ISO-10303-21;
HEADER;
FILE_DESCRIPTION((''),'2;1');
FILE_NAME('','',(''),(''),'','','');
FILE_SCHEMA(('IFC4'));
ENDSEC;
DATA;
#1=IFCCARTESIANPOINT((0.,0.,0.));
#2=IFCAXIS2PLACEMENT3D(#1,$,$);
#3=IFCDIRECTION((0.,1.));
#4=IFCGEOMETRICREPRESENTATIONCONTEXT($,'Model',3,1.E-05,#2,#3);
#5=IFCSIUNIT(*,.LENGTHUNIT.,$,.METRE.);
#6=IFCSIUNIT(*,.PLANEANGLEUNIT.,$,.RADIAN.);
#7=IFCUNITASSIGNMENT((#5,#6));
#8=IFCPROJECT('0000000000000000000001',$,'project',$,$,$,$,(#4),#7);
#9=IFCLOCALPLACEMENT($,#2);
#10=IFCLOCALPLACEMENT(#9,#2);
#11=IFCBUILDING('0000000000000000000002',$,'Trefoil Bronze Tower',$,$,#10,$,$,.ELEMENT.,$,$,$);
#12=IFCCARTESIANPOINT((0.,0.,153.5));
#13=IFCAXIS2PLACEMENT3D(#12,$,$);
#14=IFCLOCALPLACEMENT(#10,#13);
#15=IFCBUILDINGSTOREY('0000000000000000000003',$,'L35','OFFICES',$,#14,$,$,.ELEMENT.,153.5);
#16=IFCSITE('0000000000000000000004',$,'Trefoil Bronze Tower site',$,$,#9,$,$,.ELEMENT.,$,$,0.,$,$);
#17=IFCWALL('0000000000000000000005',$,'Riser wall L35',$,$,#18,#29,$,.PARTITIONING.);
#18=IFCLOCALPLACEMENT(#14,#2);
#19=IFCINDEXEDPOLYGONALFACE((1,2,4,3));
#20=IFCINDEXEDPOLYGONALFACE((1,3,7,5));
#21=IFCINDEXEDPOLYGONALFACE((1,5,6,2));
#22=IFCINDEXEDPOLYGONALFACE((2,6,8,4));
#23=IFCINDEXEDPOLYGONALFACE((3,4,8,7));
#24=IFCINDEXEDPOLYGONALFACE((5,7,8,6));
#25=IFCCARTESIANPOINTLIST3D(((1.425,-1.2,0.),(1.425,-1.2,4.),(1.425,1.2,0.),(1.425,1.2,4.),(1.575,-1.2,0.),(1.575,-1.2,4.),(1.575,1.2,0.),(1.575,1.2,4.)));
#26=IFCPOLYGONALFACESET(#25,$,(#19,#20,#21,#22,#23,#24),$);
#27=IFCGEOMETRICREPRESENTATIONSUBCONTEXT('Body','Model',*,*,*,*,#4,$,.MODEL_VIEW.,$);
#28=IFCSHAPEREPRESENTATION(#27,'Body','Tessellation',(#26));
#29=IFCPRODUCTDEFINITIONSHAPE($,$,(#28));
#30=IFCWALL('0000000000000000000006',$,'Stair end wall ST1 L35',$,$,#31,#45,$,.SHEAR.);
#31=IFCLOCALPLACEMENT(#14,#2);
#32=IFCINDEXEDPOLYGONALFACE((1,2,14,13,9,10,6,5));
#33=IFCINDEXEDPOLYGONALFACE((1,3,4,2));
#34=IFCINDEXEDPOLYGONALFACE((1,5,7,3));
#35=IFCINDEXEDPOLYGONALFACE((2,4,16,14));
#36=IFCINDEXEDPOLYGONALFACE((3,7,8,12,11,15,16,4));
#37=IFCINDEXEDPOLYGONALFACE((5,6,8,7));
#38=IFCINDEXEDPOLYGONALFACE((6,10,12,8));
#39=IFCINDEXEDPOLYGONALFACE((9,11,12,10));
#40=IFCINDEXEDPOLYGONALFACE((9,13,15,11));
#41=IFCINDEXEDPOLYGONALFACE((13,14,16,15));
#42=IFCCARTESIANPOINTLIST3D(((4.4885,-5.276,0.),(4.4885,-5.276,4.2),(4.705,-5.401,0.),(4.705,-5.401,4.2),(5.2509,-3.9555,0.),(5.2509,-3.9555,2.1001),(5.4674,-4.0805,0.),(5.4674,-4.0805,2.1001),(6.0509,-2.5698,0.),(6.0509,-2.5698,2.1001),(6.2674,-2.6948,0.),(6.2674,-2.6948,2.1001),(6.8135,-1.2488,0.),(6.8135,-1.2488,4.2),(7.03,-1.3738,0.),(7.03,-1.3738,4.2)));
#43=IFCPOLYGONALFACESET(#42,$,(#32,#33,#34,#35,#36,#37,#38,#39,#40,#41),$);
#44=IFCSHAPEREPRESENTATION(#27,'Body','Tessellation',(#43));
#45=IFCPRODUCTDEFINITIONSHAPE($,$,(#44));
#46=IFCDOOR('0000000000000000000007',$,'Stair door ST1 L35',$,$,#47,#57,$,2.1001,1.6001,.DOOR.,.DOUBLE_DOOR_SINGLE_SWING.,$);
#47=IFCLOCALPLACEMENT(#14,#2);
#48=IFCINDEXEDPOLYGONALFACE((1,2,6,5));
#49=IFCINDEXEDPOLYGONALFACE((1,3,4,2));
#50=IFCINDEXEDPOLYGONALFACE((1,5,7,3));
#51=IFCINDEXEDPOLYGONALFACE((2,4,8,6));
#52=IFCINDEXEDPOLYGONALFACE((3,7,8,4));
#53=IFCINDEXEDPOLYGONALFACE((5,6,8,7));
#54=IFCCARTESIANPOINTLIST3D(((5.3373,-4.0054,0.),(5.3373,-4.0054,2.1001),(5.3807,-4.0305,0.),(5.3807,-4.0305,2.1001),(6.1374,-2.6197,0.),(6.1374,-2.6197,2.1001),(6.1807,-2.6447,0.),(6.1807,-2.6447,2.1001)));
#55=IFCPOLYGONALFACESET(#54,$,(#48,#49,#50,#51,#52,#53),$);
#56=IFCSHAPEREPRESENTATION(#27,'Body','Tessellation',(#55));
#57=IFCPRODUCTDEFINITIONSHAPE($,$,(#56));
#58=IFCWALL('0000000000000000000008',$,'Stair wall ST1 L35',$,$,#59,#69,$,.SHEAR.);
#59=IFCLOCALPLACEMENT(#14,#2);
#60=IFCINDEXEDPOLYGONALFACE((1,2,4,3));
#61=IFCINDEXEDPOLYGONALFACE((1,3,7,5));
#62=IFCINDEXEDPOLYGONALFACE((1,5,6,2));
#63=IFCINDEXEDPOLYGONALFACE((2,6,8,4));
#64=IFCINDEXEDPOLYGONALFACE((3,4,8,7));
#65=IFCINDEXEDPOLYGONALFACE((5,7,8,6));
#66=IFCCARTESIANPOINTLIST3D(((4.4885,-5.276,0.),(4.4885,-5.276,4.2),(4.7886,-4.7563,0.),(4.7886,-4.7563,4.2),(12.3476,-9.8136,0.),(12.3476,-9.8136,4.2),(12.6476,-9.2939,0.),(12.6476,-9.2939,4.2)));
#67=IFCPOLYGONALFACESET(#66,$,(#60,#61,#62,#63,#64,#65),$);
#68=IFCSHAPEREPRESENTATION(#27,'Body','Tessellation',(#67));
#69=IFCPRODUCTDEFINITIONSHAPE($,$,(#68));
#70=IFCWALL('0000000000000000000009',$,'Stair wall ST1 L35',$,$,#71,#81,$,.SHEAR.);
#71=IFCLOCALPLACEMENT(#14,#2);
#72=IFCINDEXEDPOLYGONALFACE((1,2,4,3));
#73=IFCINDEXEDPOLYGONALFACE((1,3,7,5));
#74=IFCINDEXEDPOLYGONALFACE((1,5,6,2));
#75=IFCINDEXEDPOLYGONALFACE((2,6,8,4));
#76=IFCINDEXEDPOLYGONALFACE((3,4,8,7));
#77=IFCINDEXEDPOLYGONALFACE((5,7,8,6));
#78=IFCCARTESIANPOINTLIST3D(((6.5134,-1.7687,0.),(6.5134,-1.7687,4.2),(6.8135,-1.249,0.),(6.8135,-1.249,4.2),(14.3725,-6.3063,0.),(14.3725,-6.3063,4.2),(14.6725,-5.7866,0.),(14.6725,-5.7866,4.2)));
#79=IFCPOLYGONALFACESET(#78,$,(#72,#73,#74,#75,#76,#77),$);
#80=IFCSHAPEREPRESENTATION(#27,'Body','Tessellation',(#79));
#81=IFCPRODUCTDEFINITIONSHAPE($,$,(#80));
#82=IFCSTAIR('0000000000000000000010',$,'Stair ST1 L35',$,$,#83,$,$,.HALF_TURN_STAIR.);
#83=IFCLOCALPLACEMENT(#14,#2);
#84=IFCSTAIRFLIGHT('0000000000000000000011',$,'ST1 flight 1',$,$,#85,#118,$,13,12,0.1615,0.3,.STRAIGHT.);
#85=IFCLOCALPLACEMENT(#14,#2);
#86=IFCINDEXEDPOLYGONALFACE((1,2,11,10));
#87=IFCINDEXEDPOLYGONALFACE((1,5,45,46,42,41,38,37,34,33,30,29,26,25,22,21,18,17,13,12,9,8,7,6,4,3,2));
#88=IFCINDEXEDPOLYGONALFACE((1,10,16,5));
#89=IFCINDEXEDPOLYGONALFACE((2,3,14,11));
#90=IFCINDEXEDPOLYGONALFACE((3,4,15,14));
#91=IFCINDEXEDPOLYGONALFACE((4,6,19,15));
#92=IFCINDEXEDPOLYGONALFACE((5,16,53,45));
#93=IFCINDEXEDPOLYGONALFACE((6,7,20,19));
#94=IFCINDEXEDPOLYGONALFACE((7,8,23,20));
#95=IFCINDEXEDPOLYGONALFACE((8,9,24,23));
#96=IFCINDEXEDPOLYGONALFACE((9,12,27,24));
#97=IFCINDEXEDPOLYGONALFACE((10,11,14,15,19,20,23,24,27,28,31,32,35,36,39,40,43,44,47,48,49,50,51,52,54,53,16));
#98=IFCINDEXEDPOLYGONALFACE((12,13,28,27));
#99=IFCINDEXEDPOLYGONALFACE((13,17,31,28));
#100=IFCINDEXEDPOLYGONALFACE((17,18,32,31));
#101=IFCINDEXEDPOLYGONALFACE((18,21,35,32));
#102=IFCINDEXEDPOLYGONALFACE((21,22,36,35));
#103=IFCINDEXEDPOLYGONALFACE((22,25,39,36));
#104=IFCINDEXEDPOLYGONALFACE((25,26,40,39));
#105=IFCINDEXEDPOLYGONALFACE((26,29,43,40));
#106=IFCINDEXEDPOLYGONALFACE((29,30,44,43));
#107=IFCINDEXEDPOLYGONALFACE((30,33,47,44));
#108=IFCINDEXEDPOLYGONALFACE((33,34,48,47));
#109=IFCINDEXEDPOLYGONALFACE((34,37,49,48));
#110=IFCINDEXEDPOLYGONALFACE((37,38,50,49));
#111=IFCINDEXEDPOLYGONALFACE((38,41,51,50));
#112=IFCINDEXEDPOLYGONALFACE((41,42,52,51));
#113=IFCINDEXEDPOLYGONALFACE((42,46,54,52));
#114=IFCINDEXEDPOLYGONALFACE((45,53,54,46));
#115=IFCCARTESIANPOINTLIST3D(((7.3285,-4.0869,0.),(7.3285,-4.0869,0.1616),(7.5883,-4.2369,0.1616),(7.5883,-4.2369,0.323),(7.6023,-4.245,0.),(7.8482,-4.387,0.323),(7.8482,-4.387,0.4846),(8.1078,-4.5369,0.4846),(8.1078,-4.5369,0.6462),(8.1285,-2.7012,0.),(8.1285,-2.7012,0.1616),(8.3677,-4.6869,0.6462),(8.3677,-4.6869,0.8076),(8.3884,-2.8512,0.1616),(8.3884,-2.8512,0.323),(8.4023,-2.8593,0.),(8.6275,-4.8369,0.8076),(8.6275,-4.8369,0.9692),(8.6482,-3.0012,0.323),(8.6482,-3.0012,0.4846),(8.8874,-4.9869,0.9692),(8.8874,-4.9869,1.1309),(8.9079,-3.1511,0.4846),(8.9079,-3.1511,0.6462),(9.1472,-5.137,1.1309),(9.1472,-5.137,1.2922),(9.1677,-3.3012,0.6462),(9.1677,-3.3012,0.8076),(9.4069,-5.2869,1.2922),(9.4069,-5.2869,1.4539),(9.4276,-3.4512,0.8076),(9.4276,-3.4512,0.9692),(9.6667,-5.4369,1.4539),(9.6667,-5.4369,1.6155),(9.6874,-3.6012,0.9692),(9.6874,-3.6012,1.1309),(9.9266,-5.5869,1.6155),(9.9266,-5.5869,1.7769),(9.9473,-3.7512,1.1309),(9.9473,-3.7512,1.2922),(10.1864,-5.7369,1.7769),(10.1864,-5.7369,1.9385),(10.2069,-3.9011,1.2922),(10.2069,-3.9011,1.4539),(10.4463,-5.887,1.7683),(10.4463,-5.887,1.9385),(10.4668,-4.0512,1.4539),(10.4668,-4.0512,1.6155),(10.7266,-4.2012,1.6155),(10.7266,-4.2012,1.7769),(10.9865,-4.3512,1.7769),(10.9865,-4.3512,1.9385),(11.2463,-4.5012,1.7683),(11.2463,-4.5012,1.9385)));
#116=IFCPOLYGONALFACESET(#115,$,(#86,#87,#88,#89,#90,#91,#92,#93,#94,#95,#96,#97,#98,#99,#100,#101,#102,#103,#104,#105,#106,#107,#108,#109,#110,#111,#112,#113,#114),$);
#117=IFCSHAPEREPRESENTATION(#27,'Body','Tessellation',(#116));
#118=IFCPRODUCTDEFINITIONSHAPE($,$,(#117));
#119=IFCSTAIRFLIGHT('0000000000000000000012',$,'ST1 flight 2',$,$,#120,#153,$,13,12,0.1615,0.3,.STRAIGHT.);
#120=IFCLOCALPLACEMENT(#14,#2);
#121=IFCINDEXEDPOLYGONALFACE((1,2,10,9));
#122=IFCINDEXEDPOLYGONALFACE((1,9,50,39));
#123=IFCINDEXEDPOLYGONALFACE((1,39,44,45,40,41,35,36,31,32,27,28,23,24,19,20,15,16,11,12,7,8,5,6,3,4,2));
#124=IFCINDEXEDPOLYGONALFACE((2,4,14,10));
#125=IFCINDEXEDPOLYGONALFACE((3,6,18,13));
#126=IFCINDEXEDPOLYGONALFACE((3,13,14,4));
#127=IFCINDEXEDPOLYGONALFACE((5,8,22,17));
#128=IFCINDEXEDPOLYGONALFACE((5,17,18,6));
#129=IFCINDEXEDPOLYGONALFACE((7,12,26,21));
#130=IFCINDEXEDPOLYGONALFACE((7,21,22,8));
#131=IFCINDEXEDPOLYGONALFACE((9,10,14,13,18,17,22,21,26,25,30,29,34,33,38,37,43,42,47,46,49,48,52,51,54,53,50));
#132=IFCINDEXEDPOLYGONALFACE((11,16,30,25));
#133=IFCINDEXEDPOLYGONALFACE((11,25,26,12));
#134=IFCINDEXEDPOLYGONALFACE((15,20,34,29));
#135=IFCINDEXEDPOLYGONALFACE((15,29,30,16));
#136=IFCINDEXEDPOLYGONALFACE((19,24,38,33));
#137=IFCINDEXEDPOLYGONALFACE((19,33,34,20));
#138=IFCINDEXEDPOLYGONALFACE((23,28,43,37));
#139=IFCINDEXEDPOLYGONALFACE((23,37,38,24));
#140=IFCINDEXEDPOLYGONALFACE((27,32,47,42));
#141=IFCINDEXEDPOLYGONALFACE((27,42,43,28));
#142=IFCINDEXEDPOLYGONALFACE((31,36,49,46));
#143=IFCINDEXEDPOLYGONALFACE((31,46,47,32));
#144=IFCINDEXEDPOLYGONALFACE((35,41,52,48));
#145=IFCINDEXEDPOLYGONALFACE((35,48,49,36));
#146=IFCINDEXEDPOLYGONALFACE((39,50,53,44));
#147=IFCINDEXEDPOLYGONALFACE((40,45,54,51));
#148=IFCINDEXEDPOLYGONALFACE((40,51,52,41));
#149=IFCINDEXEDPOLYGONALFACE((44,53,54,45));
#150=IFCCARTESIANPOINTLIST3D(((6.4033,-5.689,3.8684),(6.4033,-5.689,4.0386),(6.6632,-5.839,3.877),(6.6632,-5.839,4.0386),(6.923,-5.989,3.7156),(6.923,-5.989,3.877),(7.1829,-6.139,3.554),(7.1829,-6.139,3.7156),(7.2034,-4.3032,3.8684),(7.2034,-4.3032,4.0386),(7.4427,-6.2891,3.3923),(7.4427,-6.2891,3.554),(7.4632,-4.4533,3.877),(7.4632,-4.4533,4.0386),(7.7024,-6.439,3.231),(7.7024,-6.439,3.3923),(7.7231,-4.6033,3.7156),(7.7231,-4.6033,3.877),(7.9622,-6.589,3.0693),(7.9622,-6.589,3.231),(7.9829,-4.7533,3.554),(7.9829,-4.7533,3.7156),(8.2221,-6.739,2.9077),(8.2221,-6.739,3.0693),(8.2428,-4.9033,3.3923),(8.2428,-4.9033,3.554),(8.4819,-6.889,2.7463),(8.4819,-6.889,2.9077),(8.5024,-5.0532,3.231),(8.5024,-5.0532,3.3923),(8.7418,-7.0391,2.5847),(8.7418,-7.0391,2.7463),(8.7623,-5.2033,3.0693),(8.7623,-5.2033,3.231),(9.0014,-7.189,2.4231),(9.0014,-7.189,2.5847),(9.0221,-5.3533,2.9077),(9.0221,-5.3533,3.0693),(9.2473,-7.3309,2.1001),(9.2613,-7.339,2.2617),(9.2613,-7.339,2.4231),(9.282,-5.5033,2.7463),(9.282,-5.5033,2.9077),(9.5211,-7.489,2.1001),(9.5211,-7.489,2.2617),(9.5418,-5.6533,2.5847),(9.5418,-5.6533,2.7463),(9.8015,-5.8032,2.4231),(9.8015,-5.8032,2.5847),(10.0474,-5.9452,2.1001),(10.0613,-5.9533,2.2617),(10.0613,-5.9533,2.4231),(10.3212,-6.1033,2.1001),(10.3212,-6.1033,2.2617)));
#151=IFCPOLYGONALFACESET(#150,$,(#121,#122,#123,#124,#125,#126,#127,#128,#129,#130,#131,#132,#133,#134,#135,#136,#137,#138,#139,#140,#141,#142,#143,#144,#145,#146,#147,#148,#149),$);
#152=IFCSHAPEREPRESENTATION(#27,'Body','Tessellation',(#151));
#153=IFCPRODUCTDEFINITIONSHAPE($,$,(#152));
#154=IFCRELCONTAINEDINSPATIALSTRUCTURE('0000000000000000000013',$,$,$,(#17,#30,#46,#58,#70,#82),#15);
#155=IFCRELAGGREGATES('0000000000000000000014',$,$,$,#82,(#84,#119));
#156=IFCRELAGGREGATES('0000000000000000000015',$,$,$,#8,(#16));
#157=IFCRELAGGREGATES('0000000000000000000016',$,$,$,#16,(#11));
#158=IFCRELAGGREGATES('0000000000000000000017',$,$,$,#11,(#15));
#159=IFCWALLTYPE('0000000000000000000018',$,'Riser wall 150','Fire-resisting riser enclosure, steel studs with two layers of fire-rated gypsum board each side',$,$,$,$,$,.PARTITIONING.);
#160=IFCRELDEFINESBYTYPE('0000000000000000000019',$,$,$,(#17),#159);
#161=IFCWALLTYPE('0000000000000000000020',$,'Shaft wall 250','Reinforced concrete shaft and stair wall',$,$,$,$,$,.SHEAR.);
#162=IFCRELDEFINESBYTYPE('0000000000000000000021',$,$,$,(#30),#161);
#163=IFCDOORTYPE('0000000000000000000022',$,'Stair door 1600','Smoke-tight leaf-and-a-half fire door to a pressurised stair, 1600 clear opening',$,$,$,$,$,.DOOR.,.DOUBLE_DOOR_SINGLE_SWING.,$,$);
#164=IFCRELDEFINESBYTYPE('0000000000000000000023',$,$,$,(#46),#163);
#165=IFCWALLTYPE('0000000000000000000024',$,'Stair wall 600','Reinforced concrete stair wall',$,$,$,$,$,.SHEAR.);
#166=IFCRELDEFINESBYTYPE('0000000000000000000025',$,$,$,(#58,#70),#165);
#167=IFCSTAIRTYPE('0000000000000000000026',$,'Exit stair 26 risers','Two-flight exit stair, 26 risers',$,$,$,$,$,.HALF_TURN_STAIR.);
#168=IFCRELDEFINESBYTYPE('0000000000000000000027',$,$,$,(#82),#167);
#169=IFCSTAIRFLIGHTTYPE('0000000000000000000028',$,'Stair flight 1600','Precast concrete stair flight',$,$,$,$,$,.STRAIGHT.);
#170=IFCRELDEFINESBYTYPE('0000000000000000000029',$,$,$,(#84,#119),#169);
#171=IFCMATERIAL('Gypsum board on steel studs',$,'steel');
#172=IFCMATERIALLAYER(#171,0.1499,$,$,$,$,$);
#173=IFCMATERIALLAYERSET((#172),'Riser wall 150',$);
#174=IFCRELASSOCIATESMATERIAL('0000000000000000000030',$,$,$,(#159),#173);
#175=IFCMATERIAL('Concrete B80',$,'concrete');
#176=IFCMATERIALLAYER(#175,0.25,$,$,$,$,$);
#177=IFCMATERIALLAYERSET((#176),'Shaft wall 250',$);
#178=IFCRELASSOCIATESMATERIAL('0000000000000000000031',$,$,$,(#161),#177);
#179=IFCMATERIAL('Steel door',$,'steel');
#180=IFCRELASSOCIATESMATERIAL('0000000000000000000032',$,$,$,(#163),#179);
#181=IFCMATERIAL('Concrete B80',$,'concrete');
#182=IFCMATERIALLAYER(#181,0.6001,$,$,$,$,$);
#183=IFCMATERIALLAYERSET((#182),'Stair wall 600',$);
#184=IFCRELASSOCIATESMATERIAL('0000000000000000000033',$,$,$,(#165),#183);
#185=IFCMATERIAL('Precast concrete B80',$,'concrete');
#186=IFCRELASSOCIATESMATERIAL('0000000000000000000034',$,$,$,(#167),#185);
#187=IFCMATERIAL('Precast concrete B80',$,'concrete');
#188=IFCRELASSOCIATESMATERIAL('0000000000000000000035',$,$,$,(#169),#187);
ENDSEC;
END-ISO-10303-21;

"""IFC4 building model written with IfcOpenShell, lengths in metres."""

from ifc_helpers import new_model, si_unit, direction, frame, frame_2d, origin, place, context, subcontext, project, spatial, polyline, rectangle, outline, extrude, material, layer, layer_set, type_object, element, fill, aggregate, save


model = new_model("IFC4")

# Units and contexts
model_context = context("Model", 3, precision=1e-05, world=origin(), true_north=direction((0.0, 1.0)))
body_context = subcontext(model_context, "Body", "Model", "MODEL_VIEW")
ifc_project = project(units=[si_unit("LENGTHUNIT", "METRE"), si_unit("PLANEANGLEUNIT", "RADIAN")], contexts=[model_context])

# Site, building, storey
site_placement = place(None, origin())
site = spatial("IfcSite", under=ifc_project, at=site_placement, Name="Trefoil Bronze Tower site", CompositionType="ELEMENT", RefElevation=0.0)
building_placement = place(site_placement, origin())
building = spatial("IfcBuilding", under=site, at=building_placement, Name="Trefoil Bronze Tower", CompositionType="ELEMENT")
storey_placement = place(building_placement, frame((0.0, 0.0, 153.5)))
storey = spatial("IfcBuildingStorey", under=building, at=storey_placement, Name="L35", Description="OFFICES", CompositionType="ELEMENT", Elevation=153.5)

# Wall
ifc_material_1 = material(Name="Gypsum board on steel studs", Category="steel")
ifc_layer_1 = layer(ifc_material_1, 0.1499)
ifc_layer_set_1 = layer_set([ifc_layer_1], Name="Riser wall 150")
wall_type_1 = type_object("IfcWallType", Name="Riser wall 150", Description="Fire-resisting riser enclosure, steel studs with two layers of fire-rated gypsum board each side", PredefinedType="PARTITIONING", material=ifc_layer_set_1)
wall_1_placement = place(storey_placement, frame((1.5, -1.2, 0.0), z_axis=(0.0, 0.0, 1.0), x_axis=(0.0, 1.0, 0.0)))
element("IfcWall", 1, at=wall_1_placement, inside=storey, type_object=wall_type_1, Name="Riser wall L35", PredefinedType="PARTITIONING", context=body_context, shape_type="SweptSolid", body=[
    extrude(rectangle(XDim=2.3999, YDim=0.1499, at=frame_2d((1.2, 0.0))), origin(), (0.0, 0.0, 1.0), 4.0),
])

# Wall, opening, door
ifc_material_2 = material(Name="Concrete B80", Category="concrete")
ifc_layer_2 = layer(ifc_material_2, 0.25)
ifc_layer_set_2 = layer_set([ifc_layer_2], Name="Shaft wall 250")
wall_type_2 = type_object("IfcWallType", Name="Shaft wall 250", Description="Reinforced concrete shaft and stair wall", PredefinedType="SHEAR", material=ifc_layer_set_2)
wall_2_placement = place(storey_placement, frame((4.5967, -5.3386, 0.0), z_axis=(0.0, 0.0, 1.0), x_axis=(0.499985, 0.866034, 0.0)))
wall_2 = element("IfcWall", 2, at=wall_2_placement, inside=storey, type_object=wall_type_2, Name="Stair end wall ST1 L35", PredefinedType="SHEAR", context=body_context, shape_type="SweptSolid", body=[
    extrude(rectangle(XDim=4.6501, YDim=0.25, at=frame_2d((2.3252, 0.0))), origin(), (0.0, 0.0, 1.0), 4.2),
])
opening_1_placement = place(wall_2_placement, frame((1.5249, 0.0, 0.0)))
opening_1 = element("IfcOpeningElement", 3, at=opening_1_placement, cuts=wall_2, PredefinedType="OPENING", context=body_context, shape_type="SweptSolid", body=[
    extrude(rectangle(XDim=1.6001, YDim=2.1001, at=frame_2d((0.8, 1.05))), frame((0.0, 0.135, 0.0), z_axis=(0.0, -1.0, 0.0), x_axis=(1.0, 0.0, 0.0)), (0.0, 0.0, 1.0), 0.27),
])
ifc_material_3 = material(Name="Steel door", Category="steel")
door_type_1 = type_object("IfcDoorType", Name="Stair door 1600", Description="Smoke-tight leaf-and-a-half fire door to a pressurised stair, 1600 clear opening", OperationType="DOUBLE_DOOR_SINGLE_SWING", PredefinedType="DOOR", material=ifc_material_3)
door_1_placement = place(opening_1_placement, frame((1.6001, 0.0, 0.0), z_axis=(0.0, 0.0, 1.0), x_axis=(-1.0, 0.0, 0.0)))
door_1 = element("IfcDoor", 4, at=door_1_placement, inside=storey, type_object=door_type_1, Name="Stair door ST1 L35", OperationType="DOUBLE_DOOR_SINGLE_SWING", OverallHeight=2.1001, OverallWidth=1.6001, PredefinedType="DOOR", context=body_context, shape_type="SweptSolid", body=[
    extrude(rectangle(XDim=1.6001, YDim=2.1001, at=frame_2d((0.8, 1.05))), frame((0.0, 0.0249, 0.0), z_axis=(0.0, -1.0, 0.0), x_axis=(1.0, 0.0, 0.0)), (0.0, 0.0, 1.0), 0.05),
])
fill(opening_1, door_1)

# Walls
ifc_material_4 = material(Name="Concrete B80", Category="concrete")
ifc_layer_3 = layer(ifc_material_4, 0.6001)
ifc_layer_set_3 = layer_set([ifc_layer_3], Name="Stair wall 600")
wall_type_3 = type_object("IfcWallType", Name="Stair wall 600", Description="Reinforced concrete stair wall", PredefinedType="SHEAR", material=ifc_layer_set_3)
for number, where, z_axis, x_axis, name in (
    (5, (4.6384, -5.0161, 0.0), (0.0, 0.0, 1.0), (0.866019, -0.50001, 0.0), "Stair wall ST1 L35"),
    (6, (6.6633, -1.5088, 0.0), (0.0, 0.0, 1.0), (0.866019, -0.50001, 0.0), "Stair wall ST1 L35"),
):
    element("IfcWall", number, at=place(storey_placement, frame(where, z_axis=z_axis, x_axis=x_axis)), inside=storey, type_object=wall_type_3, Name=name, PredefinedType="SHEAR", context=body_context, shape_type="SweptSolid", body=[
        extrude(rectangle(XDim=9.075, YDim=0.6001, at=frame_2d((4.5376, 0.0))), origin(), (0.0, 0.0, 1.0), 4.2),
    ])

# Stair, stair flights
ifc_material_5 = material(Name="Precast concrete B80", Category="concrete")
stair_type = type_object("IfcStairType", Name="Exit stair 26 risers", Description="Two-flight exit stair, 26 risers", PredefinedType="HALF_TURN_STAIR", material=ifc_material_5)
stair_placement = place(storey_placement, origin())
stair = element("IfcStair", 7, at=stair_placement, inside=storey, type_object=stair_type, Name="Stair ST1 L35", PredefinedType="HALF_TURN_STAIR")
ifc_material_6 = material(Name="Precast concrete B80", Category="concrete")
stair_flight_type = type_object("IfcStairFlightType", Name="Stair flight 1600", Description="Precast concrete stair flight", PredefinedType="STRAIGHT", material=ifc_material_6)
stair_flight_1_placement = place(storey_placement, frame((7.7285, -3.394, 0.0), z_axis=(0.0, 0.0, 1.0), x_axis=(0.866025, -0.5, 0.0)))
stair_flight_1 = element("IfcStairFlight", 8, at=stair_flight_1_placement, type_object=stair_flight_type, Name="ST1 flight 1", NumberOfRisers=13, NumberOfTreads=12, PredefinedType="STRAIGHT", RiserHeight=0.1615, TreadLength=0.3, context=body_context, shape_type="SweptSolid", body=[
    extrude(outline(polyline([(0.0, 0.0), (0.0, 0.1616), (0.3, 0.1616), (0.3, 0.323), (0.6001, 0.323), (0.6001, 0.4846), (0.8999, 0.4846), (0.8999, 0.6462), (1.2, 0.6462), (1.2, 0.8076), (1.5, 0.8076), (1.5, 0.9692), (1.8, 0.9692), (1.8, 1.1309), (2.1001, 1.1309), (2.1001, 1.2922), (2.3999, 1.2922), (2.3999, 1.4539), (2.7, 1.4539), (2.7, 1.6155), (3.0, 1.6155), (3.0, 1.7769), (3.3, 1.7769), (3.3, 1.9385), (3.6001, 1.9385), (3.6001, 2.1001), (3.6001, 1.7683), (0.3162, 0.0), (0.0, 0.0)])), frame((0.0, 0.8, 0.0), z_axis=(0.0, -1.0, 0.0), x_axis=(1.0, 0.0, 0.0)), (0.0, 0.0, 1.0), 1.6001),
])
stair_flight_2_placement = place(storey_placement, frame((9.9211, -6.7961, 2.1001), z_axis=(0.0, 0.0, 1.0), x_axis=(-0.866025, 0.5, 0.0)))
stair_flight_2 = element("IfcStairFlight", 9, at=stair_flight_2_placement, type_object=stair_flight_type, Name="ST1 flight 2", NumberOfRisers=13, NumberOfTreads=12, PredefinedType="STRAIGHT", RiserHeight=0.1615, TreadLength=0.3, context=body_context, shape_type="SweptSolid", body=[
    extrude(outline(polyline([(0.0, 0.0), (0.0, 0.1616), (0.3, 0.1616), (0.3, 0.323), (0.6001, 0.323), (0.6001, 0.4846), (0.8999, 0.4846), (0.8999, 0.6462), (1.2, 0.6462), (1.2, 0.8076), (1.5, 0.8076), (1.5, 0.9692), (1.8, 0.9692), (1.8, 1.1309), (2.1001, 1.1309), (2.1001, 1.2922), (2.3999, 1.2922), (2.3999, 1.4539), (2.7, 1.4539), (2.7, 1.6155), (3.0, 1.6155), (3.0, 1.7769), (3.3, 1.7769), (3.3, 1.9385), (3.6001, 1.9385), (3.6001, 2.1001), (3.6001, 1.7683), (0.3162, 0.0), (0.0, 0.0)])), frame((0.0, 0.8, 0.0), z_axis=(0.0, -1.0, 0.0), x_axis=(1.0, 0.0, 0.0)), (0.0, 0.0, 1.0), 1.6001),
])
aggregate(stair, [stair_flight_1, stair_flight_2])

save(model, "model.ifc")
